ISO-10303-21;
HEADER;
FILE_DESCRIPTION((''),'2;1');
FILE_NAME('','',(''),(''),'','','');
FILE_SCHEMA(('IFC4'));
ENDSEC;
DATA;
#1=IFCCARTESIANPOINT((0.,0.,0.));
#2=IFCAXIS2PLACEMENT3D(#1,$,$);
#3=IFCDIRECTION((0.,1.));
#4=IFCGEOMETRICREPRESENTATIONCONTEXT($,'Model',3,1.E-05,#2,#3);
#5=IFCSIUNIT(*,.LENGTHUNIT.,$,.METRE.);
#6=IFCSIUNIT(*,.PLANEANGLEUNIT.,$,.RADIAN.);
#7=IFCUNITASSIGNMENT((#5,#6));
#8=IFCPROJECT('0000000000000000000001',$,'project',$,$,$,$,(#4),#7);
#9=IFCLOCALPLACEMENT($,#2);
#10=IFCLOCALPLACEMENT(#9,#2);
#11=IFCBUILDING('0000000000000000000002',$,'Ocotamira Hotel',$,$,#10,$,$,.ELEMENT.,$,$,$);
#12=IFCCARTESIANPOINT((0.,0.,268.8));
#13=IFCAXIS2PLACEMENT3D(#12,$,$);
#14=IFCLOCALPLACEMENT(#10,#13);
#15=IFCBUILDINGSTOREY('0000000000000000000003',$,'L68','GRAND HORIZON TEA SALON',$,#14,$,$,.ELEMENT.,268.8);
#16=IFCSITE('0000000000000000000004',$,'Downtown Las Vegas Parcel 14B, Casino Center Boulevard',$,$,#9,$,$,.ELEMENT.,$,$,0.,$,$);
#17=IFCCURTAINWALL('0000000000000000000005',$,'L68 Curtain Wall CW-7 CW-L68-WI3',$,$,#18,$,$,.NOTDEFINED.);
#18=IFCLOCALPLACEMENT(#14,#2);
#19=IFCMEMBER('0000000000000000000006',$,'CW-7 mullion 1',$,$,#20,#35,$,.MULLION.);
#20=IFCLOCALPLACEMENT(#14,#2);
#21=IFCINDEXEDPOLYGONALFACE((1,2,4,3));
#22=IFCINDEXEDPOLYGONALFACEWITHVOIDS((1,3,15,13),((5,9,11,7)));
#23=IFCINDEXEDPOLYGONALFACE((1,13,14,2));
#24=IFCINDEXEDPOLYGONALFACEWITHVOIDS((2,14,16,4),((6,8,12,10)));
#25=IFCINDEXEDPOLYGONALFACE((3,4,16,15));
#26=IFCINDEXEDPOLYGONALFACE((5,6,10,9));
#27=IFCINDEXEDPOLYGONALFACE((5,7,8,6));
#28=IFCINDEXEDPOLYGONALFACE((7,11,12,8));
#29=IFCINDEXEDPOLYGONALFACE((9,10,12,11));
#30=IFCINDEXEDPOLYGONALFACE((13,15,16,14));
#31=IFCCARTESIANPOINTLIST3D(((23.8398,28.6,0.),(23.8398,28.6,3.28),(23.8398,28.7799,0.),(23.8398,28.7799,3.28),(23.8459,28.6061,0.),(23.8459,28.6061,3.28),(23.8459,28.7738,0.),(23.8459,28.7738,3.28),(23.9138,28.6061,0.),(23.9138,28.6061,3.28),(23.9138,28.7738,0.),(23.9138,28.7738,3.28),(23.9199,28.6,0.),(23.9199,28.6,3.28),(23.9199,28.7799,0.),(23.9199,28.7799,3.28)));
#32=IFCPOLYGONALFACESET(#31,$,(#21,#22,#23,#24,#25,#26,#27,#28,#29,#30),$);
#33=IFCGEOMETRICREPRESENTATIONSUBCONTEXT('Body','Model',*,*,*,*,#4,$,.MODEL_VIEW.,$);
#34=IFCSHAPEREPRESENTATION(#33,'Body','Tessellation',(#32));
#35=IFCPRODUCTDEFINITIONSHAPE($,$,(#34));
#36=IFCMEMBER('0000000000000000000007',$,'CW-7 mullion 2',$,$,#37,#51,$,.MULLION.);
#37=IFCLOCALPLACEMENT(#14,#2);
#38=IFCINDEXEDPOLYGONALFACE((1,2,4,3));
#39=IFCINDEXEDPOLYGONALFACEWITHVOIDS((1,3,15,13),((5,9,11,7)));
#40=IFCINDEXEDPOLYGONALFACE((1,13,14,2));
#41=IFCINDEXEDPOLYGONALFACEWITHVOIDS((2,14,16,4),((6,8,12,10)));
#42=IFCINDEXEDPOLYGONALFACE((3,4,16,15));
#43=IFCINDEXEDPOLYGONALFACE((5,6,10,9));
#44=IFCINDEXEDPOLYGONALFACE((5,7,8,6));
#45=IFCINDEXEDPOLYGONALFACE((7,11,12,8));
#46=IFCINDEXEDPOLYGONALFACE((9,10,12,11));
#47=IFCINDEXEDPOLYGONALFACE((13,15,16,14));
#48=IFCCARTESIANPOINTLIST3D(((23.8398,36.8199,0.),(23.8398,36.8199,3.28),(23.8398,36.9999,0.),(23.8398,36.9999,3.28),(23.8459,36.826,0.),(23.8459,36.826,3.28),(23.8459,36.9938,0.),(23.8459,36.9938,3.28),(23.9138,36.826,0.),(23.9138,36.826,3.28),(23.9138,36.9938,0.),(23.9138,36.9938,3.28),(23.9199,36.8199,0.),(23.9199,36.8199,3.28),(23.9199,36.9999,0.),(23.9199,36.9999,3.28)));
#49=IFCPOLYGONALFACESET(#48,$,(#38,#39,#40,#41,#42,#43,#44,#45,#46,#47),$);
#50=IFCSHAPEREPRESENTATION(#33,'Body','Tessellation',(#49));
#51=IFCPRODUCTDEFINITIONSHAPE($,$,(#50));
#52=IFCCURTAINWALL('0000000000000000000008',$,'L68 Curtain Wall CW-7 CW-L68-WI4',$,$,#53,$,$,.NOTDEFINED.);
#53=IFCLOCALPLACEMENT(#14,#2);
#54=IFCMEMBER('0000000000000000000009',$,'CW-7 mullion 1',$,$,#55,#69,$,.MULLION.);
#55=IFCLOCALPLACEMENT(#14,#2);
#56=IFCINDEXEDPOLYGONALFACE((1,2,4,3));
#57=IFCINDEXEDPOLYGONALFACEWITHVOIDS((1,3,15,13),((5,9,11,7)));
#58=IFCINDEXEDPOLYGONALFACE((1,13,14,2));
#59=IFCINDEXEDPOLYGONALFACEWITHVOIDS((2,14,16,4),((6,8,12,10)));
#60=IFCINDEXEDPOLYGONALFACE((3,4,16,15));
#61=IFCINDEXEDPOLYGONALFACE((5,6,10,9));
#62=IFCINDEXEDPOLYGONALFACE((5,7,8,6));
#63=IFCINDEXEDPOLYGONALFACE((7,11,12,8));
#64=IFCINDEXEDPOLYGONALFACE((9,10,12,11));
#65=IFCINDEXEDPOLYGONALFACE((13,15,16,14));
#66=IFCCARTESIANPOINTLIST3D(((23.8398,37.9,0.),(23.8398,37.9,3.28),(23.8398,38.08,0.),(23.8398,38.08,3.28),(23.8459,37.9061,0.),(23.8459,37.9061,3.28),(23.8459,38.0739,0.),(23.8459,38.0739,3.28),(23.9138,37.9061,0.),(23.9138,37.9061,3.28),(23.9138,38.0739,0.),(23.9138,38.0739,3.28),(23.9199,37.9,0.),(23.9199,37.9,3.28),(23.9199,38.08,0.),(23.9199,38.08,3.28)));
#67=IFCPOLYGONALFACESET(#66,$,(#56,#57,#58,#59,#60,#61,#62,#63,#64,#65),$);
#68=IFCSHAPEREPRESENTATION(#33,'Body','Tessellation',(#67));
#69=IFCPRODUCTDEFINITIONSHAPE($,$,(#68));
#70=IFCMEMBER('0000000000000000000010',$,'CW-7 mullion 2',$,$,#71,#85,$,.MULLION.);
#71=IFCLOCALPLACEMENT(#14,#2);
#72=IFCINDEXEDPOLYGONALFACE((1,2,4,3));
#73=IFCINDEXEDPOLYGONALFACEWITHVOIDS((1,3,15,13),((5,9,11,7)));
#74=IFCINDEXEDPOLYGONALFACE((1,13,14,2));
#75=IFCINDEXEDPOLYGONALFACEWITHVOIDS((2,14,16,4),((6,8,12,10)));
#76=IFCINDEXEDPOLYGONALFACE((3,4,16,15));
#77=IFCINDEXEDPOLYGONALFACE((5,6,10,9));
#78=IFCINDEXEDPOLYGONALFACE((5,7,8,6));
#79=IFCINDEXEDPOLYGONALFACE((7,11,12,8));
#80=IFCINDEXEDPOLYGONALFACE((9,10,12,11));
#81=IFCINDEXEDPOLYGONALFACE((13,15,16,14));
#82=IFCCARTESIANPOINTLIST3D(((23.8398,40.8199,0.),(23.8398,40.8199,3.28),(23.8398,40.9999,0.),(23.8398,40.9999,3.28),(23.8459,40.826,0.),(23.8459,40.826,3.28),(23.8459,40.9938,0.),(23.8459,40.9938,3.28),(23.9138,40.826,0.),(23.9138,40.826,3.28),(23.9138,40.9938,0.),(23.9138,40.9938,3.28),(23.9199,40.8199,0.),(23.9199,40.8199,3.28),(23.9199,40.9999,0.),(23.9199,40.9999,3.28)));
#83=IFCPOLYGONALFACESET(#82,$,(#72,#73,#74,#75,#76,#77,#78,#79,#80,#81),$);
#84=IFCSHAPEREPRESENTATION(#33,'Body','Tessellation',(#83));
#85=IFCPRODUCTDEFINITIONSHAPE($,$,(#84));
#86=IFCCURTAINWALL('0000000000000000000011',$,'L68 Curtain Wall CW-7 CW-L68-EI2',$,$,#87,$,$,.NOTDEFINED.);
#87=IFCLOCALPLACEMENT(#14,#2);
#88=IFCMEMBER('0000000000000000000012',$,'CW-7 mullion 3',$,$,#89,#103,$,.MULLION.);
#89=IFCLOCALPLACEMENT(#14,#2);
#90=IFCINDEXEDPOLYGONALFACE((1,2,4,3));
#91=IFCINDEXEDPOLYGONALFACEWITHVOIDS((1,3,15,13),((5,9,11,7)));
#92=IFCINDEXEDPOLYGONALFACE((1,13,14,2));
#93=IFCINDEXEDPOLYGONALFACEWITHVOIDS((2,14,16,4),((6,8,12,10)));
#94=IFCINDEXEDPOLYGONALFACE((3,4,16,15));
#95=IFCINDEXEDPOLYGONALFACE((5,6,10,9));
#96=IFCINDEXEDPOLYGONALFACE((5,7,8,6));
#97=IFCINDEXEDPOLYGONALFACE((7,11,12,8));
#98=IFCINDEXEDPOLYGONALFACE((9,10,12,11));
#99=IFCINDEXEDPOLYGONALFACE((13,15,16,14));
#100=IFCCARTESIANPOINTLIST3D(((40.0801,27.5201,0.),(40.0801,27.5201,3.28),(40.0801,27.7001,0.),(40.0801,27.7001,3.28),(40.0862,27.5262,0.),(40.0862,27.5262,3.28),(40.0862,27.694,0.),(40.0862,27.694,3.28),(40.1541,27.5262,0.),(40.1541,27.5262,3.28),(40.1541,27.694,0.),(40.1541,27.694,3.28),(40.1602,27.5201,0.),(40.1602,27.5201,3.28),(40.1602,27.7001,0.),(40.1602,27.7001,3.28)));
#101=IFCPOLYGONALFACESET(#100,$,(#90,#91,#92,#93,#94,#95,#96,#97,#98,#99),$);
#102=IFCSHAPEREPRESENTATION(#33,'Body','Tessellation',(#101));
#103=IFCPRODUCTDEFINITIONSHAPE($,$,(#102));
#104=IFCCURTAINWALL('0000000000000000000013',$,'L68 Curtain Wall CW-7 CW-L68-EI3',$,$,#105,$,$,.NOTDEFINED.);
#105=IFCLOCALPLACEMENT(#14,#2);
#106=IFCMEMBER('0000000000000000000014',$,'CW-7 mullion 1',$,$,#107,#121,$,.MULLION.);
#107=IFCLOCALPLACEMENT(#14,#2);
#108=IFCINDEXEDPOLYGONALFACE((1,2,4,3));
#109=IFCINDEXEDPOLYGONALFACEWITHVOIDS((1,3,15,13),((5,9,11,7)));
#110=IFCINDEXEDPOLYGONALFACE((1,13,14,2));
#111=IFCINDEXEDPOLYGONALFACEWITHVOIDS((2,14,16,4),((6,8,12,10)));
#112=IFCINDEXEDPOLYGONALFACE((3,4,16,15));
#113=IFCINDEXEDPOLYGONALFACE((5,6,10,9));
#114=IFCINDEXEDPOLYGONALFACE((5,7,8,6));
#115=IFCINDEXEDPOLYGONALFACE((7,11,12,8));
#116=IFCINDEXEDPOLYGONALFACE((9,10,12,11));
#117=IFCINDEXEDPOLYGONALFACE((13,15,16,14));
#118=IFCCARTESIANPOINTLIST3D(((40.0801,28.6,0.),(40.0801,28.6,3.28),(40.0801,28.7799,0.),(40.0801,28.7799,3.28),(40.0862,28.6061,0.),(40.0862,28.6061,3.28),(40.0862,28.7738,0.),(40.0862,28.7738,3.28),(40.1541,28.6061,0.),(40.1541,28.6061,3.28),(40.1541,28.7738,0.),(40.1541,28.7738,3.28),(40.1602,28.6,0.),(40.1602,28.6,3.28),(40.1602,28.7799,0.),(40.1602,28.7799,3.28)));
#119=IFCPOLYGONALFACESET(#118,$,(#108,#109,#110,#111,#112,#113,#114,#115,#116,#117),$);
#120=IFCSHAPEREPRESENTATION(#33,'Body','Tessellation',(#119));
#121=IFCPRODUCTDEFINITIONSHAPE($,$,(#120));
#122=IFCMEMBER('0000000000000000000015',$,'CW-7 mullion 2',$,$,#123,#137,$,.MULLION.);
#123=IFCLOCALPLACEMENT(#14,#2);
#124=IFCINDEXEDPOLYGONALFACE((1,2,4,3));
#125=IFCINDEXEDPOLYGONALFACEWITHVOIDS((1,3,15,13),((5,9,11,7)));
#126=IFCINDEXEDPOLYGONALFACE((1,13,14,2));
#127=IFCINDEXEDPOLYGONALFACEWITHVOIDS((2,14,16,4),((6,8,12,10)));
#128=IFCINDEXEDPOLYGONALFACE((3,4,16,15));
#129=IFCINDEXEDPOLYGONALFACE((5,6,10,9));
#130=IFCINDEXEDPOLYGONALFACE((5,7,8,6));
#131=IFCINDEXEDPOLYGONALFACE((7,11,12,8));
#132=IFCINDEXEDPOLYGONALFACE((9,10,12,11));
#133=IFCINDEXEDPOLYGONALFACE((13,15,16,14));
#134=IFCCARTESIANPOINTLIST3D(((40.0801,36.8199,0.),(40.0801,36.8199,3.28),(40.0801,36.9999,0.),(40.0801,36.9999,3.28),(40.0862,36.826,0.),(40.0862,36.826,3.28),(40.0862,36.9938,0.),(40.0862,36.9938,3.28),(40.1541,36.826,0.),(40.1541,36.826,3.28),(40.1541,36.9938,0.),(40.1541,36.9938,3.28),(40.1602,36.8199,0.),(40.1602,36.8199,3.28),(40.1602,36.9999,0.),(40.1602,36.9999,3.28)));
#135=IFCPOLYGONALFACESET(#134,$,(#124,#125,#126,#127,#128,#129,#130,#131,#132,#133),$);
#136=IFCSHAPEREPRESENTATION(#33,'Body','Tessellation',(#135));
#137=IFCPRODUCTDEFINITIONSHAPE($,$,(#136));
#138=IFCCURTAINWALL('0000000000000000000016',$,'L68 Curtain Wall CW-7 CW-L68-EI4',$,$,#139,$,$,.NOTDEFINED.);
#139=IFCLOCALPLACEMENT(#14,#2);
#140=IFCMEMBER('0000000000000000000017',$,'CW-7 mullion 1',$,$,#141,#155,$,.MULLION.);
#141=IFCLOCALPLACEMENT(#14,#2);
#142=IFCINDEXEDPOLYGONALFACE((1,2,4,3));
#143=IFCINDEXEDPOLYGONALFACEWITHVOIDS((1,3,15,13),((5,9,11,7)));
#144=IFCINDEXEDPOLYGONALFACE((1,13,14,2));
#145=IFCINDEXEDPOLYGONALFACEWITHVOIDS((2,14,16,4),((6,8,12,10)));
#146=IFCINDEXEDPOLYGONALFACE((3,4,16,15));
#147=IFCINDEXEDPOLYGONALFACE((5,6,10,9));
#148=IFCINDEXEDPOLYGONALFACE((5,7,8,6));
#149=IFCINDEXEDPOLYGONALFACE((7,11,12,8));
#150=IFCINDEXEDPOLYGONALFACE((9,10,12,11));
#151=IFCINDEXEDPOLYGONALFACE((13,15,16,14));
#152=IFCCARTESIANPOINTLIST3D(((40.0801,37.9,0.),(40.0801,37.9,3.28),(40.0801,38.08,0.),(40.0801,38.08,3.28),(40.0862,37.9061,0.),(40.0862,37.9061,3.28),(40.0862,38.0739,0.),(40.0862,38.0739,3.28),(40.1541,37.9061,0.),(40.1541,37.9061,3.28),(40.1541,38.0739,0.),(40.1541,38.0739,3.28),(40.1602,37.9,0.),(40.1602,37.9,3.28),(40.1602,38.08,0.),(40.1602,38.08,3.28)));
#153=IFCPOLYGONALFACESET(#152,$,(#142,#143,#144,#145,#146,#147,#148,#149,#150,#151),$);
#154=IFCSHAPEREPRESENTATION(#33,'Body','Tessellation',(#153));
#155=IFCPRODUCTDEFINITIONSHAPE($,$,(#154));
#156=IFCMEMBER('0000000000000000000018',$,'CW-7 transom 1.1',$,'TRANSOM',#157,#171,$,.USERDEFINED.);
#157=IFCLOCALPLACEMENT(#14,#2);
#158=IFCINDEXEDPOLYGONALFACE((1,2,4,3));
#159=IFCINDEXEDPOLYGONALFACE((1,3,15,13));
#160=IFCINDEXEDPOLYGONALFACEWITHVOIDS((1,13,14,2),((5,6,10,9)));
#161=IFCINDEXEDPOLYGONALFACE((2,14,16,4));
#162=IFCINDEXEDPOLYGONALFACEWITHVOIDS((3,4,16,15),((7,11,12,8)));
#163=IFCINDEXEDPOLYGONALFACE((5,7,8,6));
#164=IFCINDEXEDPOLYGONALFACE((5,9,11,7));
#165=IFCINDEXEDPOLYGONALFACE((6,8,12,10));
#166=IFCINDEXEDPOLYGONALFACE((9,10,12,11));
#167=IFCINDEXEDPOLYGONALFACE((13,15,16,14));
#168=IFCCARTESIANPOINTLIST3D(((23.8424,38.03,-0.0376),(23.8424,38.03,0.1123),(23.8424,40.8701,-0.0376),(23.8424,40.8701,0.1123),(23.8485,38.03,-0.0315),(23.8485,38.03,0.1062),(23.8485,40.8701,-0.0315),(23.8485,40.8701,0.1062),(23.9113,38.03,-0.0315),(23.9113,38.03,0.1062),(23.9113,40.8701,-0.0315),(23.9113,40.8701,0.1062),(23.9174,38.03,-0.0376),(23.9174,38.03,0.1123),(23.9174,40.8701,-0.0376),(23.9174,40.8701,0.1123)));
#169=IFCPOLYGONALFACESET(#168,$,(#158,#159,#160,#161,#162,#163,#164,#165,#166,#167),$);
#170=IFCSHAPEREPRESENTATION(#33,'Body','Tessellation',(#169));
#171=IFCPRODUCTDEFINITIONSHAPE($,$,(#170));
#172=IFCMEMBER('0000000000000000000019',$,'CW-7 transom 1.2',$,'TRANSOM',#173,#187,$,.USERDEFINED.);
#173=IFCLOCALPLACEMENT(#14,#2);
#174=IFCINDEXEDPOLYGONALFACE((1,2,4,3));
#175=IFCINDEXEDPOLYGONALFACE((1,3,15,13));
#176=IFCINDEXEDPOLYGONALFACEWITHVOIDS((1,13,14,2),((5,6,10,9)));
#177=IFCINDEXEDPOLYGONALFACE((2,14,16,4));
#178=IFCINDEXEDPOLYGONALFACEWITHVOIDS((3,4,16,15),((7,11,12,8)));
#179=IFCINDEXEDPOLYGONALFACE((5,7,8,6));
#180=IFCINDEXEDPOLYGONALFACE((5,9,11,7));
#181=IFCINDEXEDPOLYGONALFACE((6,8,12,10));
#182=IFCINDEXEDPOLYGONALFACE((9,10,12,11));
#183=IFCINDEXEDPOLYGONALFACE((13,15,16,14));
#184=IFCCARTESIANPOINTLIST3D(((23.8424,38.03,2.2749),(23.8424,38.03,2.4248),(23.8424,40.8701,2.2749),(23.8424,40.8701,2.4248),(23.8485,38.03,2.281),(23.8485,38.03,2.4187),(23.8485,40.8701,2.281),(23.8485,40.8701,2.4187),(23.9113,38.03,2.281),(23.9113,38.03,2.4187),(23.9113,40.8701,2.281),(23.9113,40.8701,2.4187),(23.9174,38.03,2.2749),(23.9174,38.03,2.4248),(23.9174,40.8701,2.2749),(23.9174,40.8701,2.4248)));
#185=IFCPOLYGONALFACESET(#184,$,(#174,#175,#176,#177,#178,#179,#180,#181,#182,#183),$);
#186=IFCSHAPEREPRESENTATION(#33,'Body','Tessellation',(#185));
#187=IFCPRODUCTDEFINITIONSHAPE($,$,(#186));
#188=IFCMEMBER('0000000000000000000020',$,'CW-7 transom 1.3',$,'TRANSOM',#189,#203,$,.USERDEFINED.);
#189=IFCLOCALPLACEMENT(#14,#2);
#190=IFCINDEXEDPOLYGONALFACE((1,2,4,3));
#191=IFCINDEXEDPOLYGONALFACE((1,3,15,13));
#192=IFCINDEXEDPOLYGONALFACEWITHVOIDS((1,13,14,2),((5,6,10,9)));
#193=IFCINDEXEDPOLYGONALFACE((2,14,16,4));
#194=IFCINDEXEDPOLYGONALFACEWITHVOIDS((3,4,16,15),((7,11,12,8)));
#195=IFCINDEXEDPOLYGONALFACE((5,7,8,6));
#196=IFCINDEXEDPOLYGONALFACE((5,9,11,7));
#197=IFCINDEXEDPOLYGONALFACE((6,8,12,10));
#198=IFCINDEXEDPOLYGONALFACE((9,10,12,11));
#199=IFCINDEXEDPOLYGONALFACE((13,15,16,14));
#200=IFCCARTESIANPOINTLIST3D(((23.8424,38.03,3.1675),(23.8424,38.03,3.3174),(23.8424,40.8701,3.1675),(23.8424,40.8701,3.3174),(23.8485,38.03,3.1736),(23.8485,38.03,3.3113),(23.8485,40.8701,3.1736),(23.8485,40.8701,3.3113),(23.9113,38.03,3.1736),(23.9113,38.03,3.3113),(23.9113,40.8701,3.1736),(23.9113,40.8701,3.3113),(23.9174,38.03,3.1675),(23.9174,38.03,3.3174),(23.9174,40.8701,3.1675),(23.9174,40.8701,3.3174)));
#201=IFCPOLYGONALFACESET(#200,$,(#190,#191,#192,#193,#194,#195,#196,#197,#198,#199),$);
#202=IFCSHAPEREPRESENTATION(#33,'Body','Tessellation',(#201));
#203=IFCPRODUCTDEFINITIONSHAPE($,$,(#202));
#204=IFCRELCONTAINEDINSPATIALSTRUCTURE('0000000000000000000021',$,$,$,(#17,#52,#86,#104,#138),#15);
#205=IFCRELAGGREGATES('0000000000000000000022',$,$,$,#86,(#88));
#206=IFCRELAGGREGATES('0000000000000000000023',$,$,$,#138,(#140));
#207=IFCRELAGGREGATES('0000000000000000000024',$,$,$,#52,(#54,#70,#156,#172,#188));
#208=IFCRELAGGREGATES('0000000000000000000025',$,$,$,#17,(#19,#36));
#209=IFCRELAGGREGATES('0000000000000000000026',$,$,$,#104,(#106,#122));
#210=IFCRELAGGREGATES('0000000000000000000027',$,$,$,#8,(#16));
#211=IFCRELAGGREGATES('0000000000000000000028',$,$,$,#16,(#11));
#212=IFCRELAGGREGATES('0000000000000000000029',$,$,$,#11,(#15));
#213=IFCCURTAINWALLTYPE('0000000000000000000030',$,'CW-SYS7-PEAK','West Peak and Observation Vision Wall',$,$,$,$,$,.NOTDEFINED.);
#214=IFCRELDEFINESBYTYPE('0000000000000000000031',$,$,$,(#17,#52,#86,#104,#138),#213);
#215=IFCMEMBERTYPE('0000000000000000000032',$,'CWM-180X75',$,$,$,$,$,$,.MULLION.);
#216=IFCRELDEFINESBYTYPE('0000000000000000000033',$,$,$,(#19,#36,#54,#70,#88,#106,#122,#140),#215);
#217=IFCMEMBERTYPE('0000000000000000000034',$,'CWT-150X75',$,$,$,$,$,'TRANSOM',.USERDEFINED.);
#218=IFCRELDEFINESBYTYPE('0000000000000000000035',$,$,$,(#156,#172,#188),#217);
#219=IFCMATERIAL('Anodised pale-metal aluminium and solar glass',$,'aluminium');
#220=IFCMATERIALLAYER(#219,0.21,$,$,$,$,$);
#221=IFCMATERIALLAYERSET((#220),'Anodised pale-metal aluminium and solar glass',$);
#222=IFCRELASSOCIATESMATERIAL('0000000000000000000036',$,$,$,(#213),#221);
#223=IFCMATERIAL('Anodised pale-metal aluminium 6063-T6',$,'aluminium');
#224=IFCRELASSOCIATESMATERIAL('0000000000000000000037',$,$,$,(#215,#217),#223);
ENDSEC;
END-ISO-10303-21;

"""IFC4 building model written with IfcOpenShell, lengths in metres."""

from ifc_helpers import new_model, si_unit, direction, frame, origin, origin_2d, place, context, subcontext, project, spatial, hollow_rectangle, extrude, source, transform, mapped, material, layer, layer_set, material_profile, profile_set, type_object, element, aggregate, save


model = new_model("IFC4")

# Units and contexts
model_context = context("Model", 3, precision=1e-05, world=origin(), true_north=direction((0.0, 1.0)))
body_context = subcontext(model_context, "Body", "Model", "MODEL_VIEW")
ifc_project = project(units=[si_unit("LENGTHUNIT", "METRE"), si_unit("PLANEANGLEUNIT", "RADIAN")], contexts=[model_context])

# Site, building, storey
site_placement = place(None, origin())
site = spatial("IfcSite", under=ifc_project, at=site_placement, Name="Downtown Las Vegas Parcel 14B, Casino Center Boulevard", CompositionType="ELEMENT", RefElevation=0.0)
building_placement = place(site_placement, origin())
building = spatial("IfcBuilding", under=site, at=building_placement, Name="Ocotamira Hotel", CompositionType="ELEMENT")
storey_placement = place(building_placement, frame((0.0, 0.0, 268.8)))
storey = spatial("IfcBuildingStorey", under=building, at=storey_placement, Name="L68", Description="GRAND HORIZON TEA SALON", CompositionType="ELEMENT", Elevation=268.8)

# Curtain walls, members
ifc_material_1 = material(Name="Anodised pale-metal aluminium and solar glass", Category="aluminium")
ifc_layer_1 = layer(ifc_material_1, 0.21)
ifc_layer_set_1 = layer_set([ifc_layer_1], Name="Anodised pale-metal aluminium and solar glass")
curtain_wall_type = type_object("IfcCurtainWallType", Name="CW-SYS7-PEAK", Description="West Peak and Observation Vision Wall", PredefinedType="NOTDEFINED", material=ifc_layer_set_1)
curtain_wall_1_placement = place(storey_placement, origin())
curtain_wall_1 = element("IfcCurtainWall", 1, at=curtain_wall_1_placement, inside=storey, type_object=curtain_wall_type, Name="L68 Curtain Wall CW-7 CW-L68-WI3", PredefinedType="NOTDEFINED")
ifc_material_2 = material(Name="Anodised pale-metal aluminium 6063-T6", Category="aluminium")
ifc_material_profile_1 = material_profile(ifc_material_2, hollow_rectangle(XDim=0.0801, YDim=0.1799, WallThickness=0.0061, at=origin_2d()), Name="HSS180X80X6")
ifc_profile_set_1 = profile_set([ifc_material_profile_1], Name="Anodised pale-metal aluminium 6063-T6")
member_type_1 = type_object("IfcMemberType", Name="CWM-180X75", PredefinedType="MULLION", material=ifc_profile_set_1)
shared_shape_1 = source(origin(), body_context, "Body", "SweptSolid", [
    extrude(hollow_rectangle(XDim=0.0801, YDim=0.1799, WallThickness=0.0061, at=origin_2d()), origin(), (0.0, 0.0, 1.0), 3.28),
])
member_1_placement = place(storey_placement, frame((23.8799, 28.6899, 0.0), z_axis=(0.0, 0.0, 1.0), x_axis=(-1.0, 0.0, 0.0)))
member_1 = element("IfcMember", 2, at=member_1_placement, type_object=member_type_1, Name="CW-7 mullion 1", PredefinedType="MULLION", context=body_context, shape_type="MappedRepresentation", body=[
    mapped(shared_shape_1, transform((0.0, 0.0, 0.0), scale=1.0)),
])
member_2_placement = place(storey_placement, frame((23.8799, 36.9099, 0.0), z_axis=(0.0, 0.0, 1.0), x_axis=(-1.0, 0.0, 0.0)))
member_2 = element("IfcMember", 3, at=member_2_placement, type_object=member_type_1, Name="CW-7 mullion 2", PredefinedType="MULLION", context=body_context, shape_type="MappedRepresentation", body=[
    mapped(shared_shape_1, transform((0.0, 0.0, 0.0), scale=1.0)),
])
curtain_wall_2_placement = place(storey_placement, origin())
curtain_wall_2 = element("IfcCurtainWall", 4, at=curtain_wall_2_placement, inside=storey, type_object=curtain_wall_type, Name="L68 Curtain Wall CW-7 CW-L68-WI4", PredefinedType="NOTDEFINED")
member_3_placement = place(storey_placement, frame((23.8799, 37.99, 0.0), z_axis=(0.0, 0.0, 1.0), x_axis=(-1.0, 0.0, 0.0)))
member_3 = element("IfcMember", 5, at=member_3_placement, type_object=member_type_1, Name="CW-7 mullion 1", PredefinedType="MULLION", context=body_context, shape_type="MappedRepresentation", body=[
    mapped(shared_shape_1, transform((0.0, 0.0, 0.0), scale=1.0)),
])
member_4_placement = place(storey_placement, frame((23.8799, 40.9099, 0.0), z_axis=(0.0, 0.0, 1.0), x_axis=(-1.0, 0.0, 0.0)))
member_4 = element("IfcMember", 6, at=member_4_placement, type_object=member_type_1, Name="CW-7 mullion 2", PredefinedType="MULLION", context=body_context, shape_type="MappedRepresentation", body=[
    mapped(shared_shape_1, transform((0.0, 0.0, 0.0), scale=1.0)),
])

# Curtain wall, member
curtain_wall_3_placement = place(storey_placement, origin())
curtain_wall_3 = element("IfcCurtainWall", 7, at=curtain_wall_3_placement, inside=storey, type_object=curtain_wall_type, Name="L68 Curtain Wall CW-7 CW-L68-EI2", PredefinedType="NOTDEFINED")
member_5_placement = place(storey_placement, frame((40.1201, 27.6101, 0.0), z_axis=(0.0, 0.0, 1.0), x_axis=(-1.0, 0.0, 0.0)))
member_5 = element("IfcMember", 8, at=member_5_placement, type_object=member_type_1, Name="CW-7 mullion 3", PredefinedType="MULLION", context=body_context, shape_type="MappedRepresentation", body=[
    mapped(shared_shape_1, transform((0.0, 0.0, 0.0), scale=1.0)),
])
aggregate(curtain_wall_3, [member_5])

# Curtain wall, members
curtain_wall_4_placement = place(storey_placement, origin())
curtain_wall_4 = element("IfcCurtainWall", 9, at=curtain_wall_4_placement, inside=storey, type_object=curtain_wall_type, Name="L68 Curtain Wall CW-7 CW-L68-EI3", PredefinedType="NOTDEFINED")
member_6_placement = place(storey_placement, frame((40.1201, 28.6899, 0.0), z_axis=(0.0, 0.0, 1.0), x_axis=(-1.0, 0.0, 0.0)))
member_6 = element("IfcMember", 10, at=member_6_placement, type_object=member_type_1, Name="CW-7 mullion 1", PredefinedType="MULLION", context=body_context, shape_type="MappedRepresentation", body=[
    mapped(shared_shape_1, transform((0.0, 0.0, 0.0), scale=1.0)),
])
member_7_placement = place(storey_placement, frame((40.1201, 36.9099, 0.0), z_axis=(0.0, 0.0, 1.0), x_axis=(-1.0, 0.0, 0.0)))
member_7 = element("IfcMember", 11, at=member_7_placement, type_object=member_type_1, Name="CW-7 mullion 2", PredefinedType="MULLION", context=body_context, shape_type="MappedRepresentation", body=[
    mapped(shared_shape_1, transform((0.0, 0.0, 0.0), scale=1.0)),
])

# Curtain wall, member
curtain_wall_5_placement = place(storey_placement, origin())
curtain_wall_5 = element("IfcCurtainWall", 12, at=curtain_wall_5_placement, inside=storey, type_object=curtain_wall_type, Name="L68 Curtain Wall CW-7 CW-L68-EI4", PredefinedType="NOTDEFINED")
member_8_placement = place(storey_placement, frame((40.1201, 37.99, 0.0), z_axis=(0.0, 0.0, 1.0), x_axis=(-1.0, 0.0, 0.0)))
member_8 = element("IfcMember", 13, at=member_8_placement, type_object=member_type_1, Name="CW-7 mullion 1", PredefinedType="MULLION", context=body_context, shape_type="MappedRepresentation", body=[
    mapped(shared_shape_1, transform((0.0, 0.0, 0.0), scale=1.0)),
])
aggregate(curtain_wall_5, [member_8])

# Members
ifc_material_profile_2 = material_profile(ifc_material_2, hollow_rectangle(XDim=0.075, YDim=0.1499, WallThickness=0.0061, at=origin_2d()), Name="HSS150X75X6")
ifc_profile_set_2 = profile_set([ifc_material_profile_2], Name="Anodised pale-metal aluminium 6063-T6")
member_type_2 = type_object("IfcMemberType", Name="CWT-150X75", ElementType="TRANSOM", PredefinedType="USERDEFINED", material=ifc_profile_set_2)
shared_shape_2 = source(origin(), body_context, "Body", "SweptSolid", [
    extrude(hollow_rectangle(XDim=0.075, YDim=0.1499, WallThickness=0.0061, at=origin_2d()), origin(), (0.0, 0.0, 1.0), 2.8401),
])
member_9_placement = place(storey_placement, frame((23.8799, 38.03, 0.0374), z_axis=(0.0, 1.0, 0.0), x_axis=(-1.0, 0.0, 0.0)))
member_9 = element("IfcMember", 14, at=member_9_placement, type_object=member_type_2, Name="CW-7 transom 1.1", ObjectType="TRANSOM", PredefinedType="USERDEFINED", context=body_context, shape_type="MappedRepresentation", body=[
    mapped(shared_shape_2, transform((0.0, 0.0, 0.0), scale=1.0)),
])
member_10_placement = place(storey_placement, frame((23.8799, 38.03, 2.3499), z_axis=(0.0, 1.0, 0.0), x_axis=(-1.0, 0.0, 0.0)))
member_10 = element("IfcMember", 15, at=member_10_placement, type_object=member_type_2, Name="CW-7 transom 1.2", ObjectType="TRANSOM", PredefinedType="USERDEFINED", context=body_context, shape_type="MappedRepresentation", body=[
    mapped(shared_shape_2, transform((0.0, 0.0, 0.0), scale=1.0)),
])
member_11_placement = place(storey_placement, frame((23.8799, 38.03, 3.2424), z_axis=(0.0, 1.0, 0.0), x_axis=(-1.0, 0.0, 0.0)))
member_11 = element("IfcMember", 16, at=member_11_placement, type_object=member_type_2, Name="CW-7 transom 1.3", ObjectType="TRANSOM", PredefinedType="USERDEFINED", context=body_context, shape_type="MappedRepresentation", body=[
    mapped(shared_shape_2, transform((0.0, 0.0, 0.0), scale=1.0)),
])

aggregate(curtain_wall_2, [member_3, member_4, member_9, member_10, member_11])
aggregate(curtain_wall_1, [member_1, member_2])
aggregate(curtain_wall_4, [member_6, member_7])

save(model, "model.ifc")
